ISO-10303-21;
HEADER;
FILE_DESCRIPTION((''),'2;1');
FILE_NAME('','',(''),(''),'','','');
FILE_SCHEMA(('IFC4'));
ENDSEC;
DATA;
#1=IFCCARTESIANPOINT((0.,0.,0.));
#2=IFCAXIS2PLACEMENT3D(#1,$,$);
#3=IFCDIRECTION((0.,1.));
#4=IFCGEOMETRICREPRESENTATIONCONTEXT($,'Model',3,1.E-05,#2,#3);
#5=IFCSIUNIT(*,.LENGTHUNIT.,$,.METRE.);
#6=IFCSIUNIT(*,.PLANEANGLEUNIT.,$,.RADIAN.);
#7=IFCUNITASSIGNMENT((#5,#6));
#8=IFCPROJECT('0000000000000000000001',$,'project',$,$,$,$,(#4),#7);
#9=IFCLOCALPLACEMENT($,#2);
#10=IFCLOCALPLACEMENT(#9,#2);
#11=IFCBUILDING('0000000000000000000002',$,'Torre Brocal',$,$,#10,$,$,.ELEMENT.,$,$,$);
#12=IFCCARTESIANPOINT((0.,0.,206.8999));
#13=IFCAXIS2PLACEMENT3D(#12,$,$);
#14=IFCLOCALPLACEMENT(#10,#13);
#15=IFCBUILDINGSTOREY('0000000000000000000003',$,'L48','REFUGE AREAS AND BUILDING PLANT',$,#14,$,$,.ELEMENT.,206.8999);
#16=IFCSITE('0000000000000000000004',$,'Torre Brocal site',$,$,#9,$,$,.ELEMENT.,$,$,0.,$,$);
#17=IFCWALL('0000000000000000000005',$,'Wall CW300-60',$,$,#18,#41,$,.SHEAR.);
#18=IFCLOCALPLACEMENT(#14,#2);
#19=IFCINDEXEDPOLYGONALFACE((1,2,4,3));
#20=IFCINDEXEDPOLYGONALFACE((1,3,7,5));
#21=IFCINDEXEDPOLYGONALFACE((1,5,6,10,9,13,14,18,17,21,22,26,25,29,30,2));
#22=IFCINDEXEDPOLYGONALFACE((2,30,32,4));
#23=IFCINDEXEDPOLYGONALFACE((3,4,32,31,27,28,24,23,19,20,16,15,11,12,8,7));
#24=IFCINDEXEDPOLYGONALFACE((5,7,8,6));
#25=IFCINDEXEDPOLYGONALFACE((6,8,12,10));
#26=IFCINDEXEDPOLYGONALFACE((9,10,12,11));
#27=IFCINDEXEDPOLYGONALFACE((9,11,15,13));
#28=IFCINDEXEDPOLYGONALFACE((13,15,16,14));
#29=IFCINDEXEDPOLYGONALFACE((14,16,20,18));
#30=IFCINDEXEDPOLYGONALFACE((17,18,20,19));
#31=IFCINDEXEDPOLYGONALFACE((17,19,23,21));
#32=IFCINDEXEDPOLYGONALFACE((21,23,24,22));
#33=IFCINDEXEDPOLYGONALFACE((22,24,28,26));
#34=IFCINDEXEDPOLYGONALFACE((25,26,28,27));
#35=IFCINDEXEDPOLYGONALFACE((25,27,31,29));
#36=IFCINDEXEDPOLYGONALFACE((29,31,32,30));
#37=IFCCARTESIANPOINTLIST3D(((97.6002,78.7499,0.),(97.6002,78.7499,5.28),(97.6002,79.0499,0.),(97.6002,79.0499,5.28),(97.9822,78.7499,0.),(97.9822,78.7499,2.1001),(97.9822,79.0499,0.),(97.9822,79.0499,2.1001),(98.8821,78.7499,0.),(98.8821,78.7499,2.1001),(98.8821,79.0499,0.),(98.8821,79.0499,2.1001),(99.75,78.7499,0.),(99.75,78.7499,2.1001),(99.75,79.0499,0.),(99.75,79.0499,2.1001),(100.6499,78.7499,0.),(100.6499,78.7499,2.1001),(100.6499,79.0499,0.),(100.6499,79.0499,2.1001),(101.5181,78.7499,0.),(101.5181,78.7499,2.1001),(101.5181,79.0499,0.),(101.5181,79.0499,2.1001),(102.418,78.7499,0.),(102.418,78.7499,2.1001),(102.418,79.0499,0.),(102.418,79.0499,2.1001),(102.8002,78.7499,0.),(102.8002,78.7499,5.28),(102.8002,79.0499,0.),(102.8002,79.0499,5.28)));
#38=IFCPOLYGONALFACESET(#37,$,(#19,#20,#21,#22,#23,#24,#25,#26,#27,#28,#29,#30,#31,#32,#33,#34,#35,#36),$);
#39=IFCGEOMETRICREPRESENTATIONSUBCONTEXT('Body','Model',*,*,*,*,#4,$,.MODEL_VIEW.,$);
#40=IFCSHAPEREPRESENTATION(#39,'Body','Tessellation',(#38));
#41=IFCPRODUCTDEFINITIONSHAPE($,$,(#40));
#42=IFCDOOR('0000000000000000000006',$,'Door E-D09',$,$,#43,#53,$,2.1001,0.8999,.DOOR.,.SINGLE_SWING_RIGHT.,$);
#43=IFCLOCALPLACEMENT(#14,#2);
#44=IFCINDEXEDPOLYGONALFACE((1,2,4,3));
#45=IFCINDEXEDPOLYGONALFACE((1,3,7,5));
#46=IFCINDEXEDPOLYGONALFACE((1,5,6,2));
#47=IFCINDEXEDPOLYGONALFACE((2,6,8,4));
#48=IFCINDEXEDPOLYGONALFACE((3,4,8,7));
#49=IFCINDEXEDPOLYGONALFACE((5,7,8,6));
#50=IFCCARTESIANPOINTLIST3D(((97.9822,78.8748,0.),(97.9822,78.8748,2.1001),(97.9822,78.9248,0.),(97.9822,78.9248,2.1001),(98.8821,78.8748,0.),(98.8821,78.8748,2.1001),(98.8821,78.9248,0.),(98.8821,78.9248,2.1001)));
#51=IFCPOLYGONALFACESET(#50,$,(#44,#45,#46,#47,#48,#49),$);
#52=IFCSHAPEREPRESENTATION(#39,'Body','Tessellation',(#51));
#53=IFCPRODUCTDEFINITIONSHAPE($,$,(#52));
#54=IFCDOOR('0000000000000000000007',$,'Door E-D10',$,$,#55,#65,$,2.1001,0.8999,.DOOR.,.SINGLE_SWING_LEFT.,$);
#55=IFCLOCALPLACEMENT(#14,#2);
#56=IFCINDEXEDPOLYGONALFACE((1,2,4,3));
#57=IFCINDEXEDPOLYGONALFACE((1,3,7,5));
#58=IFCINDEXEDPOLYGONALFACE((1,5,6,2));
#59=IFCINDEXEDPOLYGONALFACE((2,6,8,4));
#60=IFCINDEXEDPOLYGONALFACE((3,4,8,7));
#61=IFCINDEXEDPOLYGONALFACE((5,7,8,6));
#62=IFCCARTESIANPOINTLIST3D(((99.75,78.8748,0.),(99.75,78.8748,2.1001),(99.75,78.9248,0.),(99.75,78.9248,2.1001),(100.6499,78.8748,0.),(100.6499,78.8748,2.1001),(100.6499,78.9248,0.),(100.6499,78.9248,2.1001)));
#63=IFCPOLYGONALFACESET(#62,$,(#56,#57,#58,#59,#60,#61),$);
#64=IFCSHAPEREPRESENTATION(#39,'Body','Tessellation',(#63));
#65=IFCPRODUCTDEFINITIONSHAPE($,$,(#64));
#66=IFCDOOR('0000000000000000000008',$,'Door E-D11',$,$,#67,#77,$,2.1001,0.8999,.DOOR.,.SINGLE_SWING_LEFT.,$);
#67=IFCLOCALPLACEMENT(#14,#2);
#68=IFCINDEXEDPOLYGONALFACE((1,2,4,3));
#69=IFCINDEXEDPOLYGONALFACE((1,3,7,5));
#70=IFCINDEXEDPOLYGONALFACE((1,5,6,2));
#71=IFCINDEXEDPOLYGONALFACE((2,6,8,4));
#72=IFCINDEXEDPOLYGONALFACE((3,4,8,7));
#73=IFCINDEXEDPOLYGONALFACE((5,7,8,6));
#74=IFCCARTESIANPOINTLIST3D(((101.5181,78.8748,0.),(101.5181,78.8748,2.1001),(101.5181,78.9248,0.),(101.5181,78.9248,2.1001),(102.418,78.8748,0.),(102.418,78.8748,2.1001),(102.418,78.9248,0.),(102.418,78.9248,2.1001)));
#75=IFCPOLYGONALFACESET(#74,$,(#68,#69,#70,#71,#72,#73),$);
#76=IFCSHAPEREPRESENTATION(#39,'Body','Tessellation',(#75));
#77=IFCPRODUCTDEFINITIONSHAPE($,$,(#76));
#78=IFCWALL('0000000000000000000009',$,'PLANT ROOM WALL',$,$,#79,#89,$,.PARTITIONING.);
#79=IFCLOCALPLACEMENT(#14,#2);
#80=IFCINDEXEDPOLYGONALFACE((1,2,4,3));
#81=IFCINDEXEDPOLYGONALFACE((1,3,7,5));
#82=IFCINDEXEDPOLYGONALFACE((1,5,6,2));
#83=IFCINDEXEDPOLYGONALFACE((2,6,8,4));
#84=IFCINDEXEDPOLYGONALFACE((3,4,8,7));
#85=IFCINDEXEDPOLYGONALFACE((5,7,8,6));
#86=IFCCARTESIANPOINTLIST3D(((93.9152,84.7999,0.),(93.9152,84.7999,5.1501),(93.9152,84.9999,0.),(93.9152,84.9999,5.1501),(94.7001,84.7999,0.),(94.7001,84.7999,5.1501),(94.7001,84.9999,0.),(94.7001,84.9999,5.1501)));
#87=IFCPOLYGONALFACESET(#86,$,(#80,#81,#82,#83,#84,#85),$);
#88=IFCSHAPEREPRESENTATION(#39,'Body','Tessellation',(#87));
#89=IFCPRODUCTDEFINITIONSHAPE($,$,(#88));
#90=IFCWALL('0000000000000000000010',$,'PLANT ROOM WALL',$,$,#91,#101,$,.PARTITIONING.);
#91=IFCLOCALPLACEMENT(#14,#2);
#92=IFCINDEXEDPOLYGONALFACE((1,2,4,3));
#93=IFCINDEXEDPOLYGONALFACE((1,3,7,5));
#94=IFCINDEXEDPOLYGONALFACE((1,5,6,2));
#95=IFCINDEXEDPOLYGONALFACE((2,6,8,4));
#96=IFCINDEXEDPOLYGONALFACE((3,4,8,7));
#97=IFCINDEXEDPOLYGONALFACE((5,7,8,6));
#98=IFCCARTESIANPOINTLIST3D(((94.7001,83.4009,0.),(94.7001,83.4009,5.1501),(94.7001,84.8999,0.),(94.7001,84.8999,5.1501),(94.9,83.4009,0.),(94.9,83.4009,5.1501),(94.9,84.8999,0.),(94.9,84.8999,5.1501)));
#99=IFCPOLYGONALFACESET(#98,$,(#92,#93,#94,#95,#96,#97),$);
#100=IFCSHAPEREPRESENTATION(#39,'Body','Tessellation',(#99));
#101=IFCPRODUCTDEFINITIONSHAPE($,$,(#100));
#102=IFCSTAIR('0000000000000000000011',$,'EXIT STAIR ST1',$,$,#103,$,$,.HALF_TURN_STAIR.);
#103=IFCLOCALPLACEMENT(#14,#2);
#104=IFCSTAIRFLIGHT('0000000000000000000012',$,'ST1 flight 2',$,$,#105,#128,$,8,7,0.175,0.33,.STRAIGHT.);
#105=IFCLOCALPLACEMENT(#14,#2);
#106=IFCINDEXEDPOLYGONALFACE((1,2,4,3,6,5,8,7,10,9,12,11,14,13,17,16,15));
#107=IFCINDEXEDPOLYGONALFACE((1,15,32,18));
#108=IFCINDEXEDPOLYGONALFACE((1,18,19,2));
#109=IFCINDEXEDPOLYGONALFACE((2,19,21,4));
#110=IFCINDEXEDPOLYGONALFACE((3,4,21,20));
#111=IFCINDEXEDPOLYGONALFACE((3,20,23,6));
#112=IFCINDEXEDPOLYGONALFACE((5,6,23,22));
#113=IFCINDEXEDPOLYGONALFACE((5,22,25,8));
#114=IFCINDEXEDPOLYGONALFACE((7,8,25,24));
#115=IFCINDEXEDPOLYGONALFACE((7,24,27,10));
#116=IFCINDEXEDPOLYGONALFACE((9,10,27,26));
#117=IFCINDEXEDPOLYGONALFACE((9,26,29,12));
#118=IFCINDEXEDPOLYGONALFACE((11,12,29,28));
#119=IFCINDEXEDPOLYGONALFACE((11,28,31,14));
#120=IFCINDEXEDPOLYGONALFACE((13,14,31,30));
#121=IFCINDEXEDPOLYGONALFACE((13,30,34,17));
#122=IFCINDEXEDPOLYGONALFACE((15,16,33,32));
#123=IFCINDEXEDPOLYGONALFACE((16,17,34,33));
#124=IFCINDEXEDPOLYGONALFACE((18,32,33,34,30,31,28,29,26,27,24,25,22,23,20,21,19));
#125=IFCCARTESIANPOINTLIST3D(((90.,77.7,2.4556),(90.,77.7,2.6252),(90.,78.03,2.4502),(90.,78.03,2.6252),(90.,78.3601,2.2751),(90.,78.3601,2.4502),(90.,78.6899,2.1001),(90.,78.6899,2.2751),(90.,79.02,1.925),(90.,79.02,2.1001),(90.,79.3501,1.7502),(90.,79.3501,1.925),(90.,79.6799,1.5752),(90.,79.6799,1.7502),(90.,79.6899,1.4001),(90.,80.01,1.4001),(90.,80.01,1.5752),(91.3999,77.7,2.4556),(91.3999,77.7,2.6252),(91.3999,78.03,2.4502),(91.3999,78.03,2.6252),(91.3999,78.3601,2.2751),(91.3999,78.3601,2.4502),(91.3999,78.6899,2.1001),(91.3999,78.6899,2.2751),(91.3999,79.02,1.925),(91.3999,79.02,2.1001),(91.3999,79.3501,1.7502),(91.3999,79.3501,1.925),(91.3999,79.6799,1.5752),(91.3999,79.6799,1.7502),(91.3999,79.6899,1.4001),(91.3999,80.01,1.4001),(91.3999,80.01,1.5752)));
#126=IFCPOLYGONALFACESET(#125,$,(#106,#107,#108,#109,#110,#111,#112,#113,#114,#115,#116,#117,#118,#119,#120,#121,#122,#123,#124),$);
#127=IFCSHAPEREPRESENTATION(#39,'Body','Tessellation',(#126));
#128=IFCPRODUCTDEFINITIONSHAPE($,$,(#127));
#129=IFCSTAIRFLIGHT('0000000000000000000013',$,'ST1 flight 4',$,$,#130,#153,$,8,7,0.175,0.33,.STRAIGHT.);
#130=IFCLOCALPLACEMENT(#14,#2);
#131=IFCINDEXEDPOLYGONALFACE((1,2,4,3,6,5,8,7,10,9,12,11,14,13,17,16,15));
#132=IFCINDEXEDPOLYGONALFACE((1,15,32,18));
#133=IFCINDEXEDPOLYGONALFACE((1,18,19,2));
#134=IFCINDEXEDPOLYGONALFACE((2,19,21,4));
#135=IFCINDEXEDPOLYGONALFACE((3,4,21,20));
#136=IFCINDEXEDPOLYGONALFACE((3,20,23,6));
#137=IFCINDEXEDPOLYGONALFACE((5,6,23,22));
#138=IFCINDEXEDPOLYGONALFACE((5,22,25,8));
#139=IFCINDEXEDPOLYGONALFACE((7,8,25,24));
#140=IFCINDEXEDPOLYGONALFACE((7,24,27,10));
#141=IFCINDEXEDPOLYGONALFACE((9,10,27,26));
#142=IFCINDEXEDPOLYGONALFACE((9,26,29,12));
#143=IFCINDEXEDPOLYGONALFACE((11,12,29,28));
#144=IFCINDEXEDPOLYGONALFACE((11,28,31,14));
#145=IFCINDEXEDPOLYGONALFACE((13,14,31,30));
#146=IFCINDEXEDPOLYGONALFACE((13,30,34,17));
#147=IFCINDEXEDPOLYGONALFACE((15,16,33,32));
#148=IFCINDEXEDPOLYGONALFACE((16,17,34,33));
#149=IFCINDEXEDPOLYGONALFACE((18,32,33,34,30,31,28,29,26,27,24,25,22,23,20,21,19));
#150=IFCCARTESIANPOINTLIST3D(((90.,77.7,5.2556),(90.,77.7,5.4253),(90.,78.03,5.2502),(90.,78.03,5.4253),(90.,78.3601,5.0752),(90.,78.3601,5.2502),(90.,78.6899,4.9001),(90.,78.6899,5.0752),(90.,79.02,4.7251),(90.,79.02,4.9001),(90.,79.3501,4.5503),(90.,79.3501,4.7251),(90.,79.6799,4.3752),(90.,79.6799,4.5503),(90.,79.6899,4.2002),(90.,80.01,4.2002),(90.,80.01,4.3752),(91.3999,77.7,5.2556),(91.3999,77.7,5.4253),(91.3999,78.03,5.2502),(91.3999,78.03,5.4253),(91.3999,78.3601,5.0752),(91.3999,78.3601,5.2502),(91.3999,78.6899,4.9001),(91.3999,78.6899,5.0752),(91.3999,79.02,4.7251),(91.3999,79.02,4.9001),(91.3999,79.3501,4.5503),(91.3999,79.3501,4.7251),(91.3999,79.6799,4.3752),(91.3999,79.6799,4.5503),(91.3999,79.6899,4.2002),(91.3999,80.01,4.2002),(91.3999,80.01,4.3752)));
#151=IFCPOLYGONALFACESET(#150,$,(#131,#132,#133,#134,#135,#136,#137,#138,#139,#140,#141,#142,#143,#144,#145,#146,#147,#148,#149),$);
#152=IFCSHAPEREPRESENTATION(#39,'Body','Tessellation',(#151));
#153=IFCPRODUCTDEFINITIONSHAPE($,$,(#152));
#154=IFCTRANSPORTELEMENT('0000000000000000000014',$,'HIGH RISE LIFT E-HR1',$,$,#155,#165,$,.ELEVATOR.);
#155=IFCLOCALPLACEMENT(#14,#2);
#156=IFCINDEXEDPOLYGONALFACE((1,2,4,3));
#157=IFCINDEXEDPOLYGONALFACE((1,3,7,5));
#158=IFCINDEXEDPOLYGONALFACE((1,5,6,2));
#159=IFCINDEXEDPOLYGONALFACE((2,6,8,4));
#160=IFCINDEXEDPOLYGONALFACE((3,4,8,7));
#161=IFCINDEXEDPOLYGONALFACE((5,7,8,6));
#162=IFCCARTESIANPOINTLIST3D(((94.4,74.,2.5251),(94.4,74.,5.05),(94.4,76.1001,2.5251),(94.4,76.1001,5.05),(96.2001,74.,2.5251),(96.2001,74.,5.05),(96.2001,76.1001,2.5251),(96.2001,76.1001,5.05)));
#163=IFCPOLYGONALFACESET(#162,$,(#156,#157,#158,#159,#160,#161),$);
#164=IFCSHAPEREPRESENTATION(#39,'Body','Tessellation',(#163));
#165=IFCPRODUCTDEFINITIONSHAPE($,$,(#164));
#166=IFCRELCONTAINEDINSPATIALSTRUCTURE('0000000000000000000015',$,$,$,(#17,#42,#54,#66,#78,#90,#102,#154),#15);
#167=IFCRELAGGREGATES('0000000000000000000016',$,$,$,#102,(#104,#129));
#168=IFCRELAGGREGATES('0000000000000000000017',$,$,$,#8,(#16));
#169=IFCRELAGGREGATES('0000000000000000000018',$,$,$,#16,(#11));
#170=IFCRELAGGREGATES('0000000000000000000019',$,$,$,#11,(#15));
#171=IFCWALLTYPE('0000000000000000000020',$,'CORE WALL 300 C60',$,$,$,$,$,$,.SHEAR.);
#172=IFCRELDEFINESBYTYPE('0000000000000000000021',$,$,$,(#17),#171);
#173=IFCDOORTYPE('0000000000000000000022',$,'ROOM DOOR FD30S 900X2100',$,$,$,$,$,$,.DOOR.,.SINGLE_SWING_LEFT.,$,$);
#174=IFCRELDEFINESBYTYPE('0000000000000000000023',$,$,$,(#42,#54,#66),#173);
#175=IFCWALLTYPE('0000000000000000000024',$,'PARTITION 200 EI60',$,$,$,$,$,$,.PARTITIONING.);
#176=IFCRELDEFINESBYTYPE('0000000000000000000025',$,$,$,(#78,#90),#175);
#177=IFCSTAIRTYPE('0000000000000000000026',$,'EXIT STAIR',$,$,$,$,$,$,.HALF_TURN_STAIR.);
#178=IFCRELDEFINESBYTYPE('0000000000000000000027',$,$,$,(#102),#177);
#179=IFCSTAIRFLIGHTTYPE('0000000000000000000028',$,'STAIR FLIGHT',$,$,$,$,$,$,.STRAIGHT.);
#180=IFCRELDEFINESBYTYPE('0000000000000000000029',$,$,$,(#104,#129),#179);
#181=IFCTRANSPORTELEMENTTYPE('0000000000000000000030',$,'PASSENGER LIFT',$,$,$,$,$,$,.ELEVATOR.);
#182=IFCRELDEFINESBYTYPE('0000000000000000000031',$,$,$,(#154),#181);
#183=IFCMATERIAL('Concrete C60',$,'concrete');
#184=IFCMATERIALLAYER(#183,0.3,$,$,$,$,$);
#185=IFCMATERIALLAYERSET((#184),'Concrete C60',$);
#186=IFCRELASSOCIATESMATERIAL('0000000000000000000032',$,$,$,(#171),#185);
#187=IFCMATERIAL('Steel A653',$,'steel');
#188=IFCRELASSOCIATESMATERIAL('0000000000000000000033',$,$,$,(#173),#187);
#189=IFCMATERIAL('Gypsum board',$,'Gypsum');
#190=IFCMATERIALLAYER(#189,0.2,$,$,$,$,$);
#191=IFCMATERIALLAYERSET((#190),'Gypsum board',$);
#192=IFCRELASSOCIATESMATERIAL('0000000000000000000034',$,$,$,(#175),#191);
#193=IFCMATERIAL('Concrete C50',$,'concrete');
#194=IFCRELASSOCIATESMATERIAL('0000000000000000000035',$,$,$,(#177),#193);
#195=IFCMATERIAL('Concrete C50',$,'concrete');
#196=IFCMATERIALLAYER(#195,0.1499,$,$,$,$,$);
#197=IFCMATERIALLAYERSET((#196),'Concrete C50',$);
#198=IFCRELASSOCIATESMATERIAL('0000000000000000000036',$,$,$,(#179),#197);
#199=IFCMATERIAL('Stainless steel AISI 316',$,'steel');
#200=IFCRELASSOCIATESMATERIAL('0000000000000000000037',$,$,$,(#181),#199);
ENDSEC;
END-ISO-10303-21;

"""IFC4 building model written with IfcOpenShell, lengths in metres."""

from ifc_helpers import new_model, si_unit, direction, frame, frame_2d, origin, origin_2d, place, context, subcontext, project, spatial, polyline, rectangle, outline, extrude, material, layer, layer_set, type_object, element, fill, aggregate, save


model = new_model("IFC4")

# Units and contexts
model_context = context("Model", 3, precision=1e-05, world=origin(), true_north=direction((0.0, 1.0)))
body_context = subcontext(model_context, "Body", "Model", "MODEL_VIEW")
ifc_project = project(units=[si_unit("LENGTHUNIT", "METRE"), si_unit("PLANEANGLEUNIT", "RADIAN")], contexts=[model_context])

# Site, building, storey
site_placement = place(None, origin())
site = spatial("IfcSite", under=ifc_project, at=site_placement, Name="Torre Brocal site", CompositionType="ELEMENT", RefElevation=0.0)
building_placement = place(site_placement, origin())
building = spatial("IfcBuilding", under=site, at=building_placement, Name="Torre Brocal", CompositionType="ELEMENT")
storey_placement = place(building_placement, frame((0.0, 0.0, 206.8999)))
storey = spatial("IfcBuildingStorey", under=building, at=storey_placement, Name="L48", Description="REFUGE AREAS AND BUILDING PLANT", CompositionType="ELEMENT", Elevation=206.8999)

# Shared definitions
ifc_material_1 = material(Name="Concrete C60", Category="concrete")
ifc_layer_1 = layer(ifc_material_1, 0.3)
ifc_layer_set_1 = layer_set([ifc_layer_1], Name="Concrete C60")
wall_type_1 = type_object("IfcWallType", Name="CORE WALL 300 C60", PredefinedType="SHEAR", material=ifc_layer_set_1)
ifc_material_2 = material(Name="Steel A653", Category="steel")
door_type_1 = type_object("IfcDoorType", Name="ROOM DOOR FD30S 900X2100", OperationType="SINGLE_SWING_LEFT", PredefinedType="DOOR", material=ifc_material_2)

# Wall, openings, doors
wall_1_placement = place(storey_placement, frame((97.6001, 78.8999, 0.0), z_axis=(0.0, 0.0, 1.0), x_axis=(1.0, 0.0, 0.0)))
wall_1 = element("IfcWall", 1, at=wall_1_placement, inside=storey, type_object=wall_type_1, Name="Wall CW300-60", PredefinedType="SHEAR", context=body_context, shape_type="SweptSolid", body=[
    extrude(rectangle(XDim=5.2, YDim=0.3, at=frame_2d((2.6001, 0.0))), origin(), (0.0, 0.0, 1.0), 5.28),
])
opening_1_placement = place(wall_1_placement, frame((0.3821, 0.0, 0.0)))
opening_1 = element("IfcOpeningElement", 2, at=opening_1_placement, cuts=wall_1, PredefinedType="OPENING", context=body_context, shape_type="SweptSolid", body=[
    extrude(rectangle(XDim=0.8999, YDim=2.1001, at=frame_2d((0.45, 1.05))), frame((0.0, 0.1599, 0.0), z_axis=(0.0, -1.0, 0.0), x_axis=(1.0, 0.0, 0.0)), (0.0, 0.0, 1.0), 0.3201),
])
opening_2_placement = place(wall_1_placement, frame((2.1499, 0.0, 0.0)))
opening_2 = element("IfcOpeningElement", 3, at=opening_2_placement, cuts=wall_1, PredefinedType="OPENING", context=body_context, shape_type="SweptSolid", body=[
    extrude(rectangle(XDim=0.8999, YDim=2.1001, at=frame_2d((0.45, 1.05))), frame((0.0, 0.1599, 0.0), z_axis=(0.0, -1.0, 0.0), x_axis=(1.0, 0.0, 0.0)), (0.0, 0.0, 1.0), 0.3201),
])
opening_3_placement = place(wall_1_placement, frame((3.918, 0.0, 0.0)))
opening_3 = element("IfcOpeningElement", 4, at=opening_3_placement, cuts=wall_1, PredefinedType="OPENING", context=body_context, shape_type="SweptSolid", body=[
    extrude(rectangle(XDim=0.8999, YDim=2.1001, at=frame_2d((0.45, 1.05))), frame((0.0, 0.1599, 0.0), z_axis=(0.0, -1.0, 0.0), x_axis=(1.0, 0.0, 0.0)), (0.0, 0.0, 1.0), 0.3201),
])
door_1_placement = place(opening_1_placement, origin())
door_1 = element("IfcDoor", 5, at=door_1_placement, inside=storey, type_object=door_type_1, Name="Door E-D09", OperationType="SINGLE_SWING_RIGHT", OverallHeight=2.1001, OverallWidth=0.8999, PredefinedType="DOOR", context=body_context, shape_type="SweptSolid", body=[
    extrude(rectangle(XDim=0.8999, YDim=2.1001, at=frame_2d((0.45, 1.05))), frame((0.0, 0.0249, 0.0), z_axis=(0.0, -1.0, 0.0), x_axis=(1.0, 0.0, 0.0)), (0.0, 0.0, 1.0), 0.05),
])
fill(opening_1, door_1)
door_2_placement = place(opening_2_placement, origin())
door_2 = element("IfcDoor", 6, at=door_2_placement, inside=storey, type_object=door_type_1, Name="Door E-D10", OperationType="SINGLE_SWING_LEFT", OverallHeight=2.1001, OverallWidth=0.8999, PredefinedType="DOOR", context=body_context, shape_type="SweptSolid", body=[
    extrude(rectangle(XDim=0.8999, YDim=2.1001, at=frame_2d((0.45, 1.05))), frame((0.0, 0.0249, 0.0), z_axis=(0.0, -1.0, 0.0), x_axis=(1.0, 0.0, 0.0)), (0.0, 0.0, 1.0), 0.05),
])
fill(opening_2, door_2)
door_3_placement = place(opening_3_placement, origin())
door_3 = element("IfcDoor", 7, at=door_3_placement, inside=storey, type_object=door_type_1, Name="Door E-D11", OperationType="SINGLE_SWING_LEFT", OverallHeight=2.1001, OverallWidth=0.8999, PredefinedType="DOOR", context=body_context, shape_type="SweptSolid", body=[
    extrude(rectangle(XDim=0.8999, YDim=2.1001, at=frame_2d((0.45, 1.05))), frame((0.0, 0.0249, 0.0), z_axis=(0.0, -1.0, 0.0), x_axis=(1.0, 0.0, 0.0)), (0.0, 0.0, 1.0), 0.05),
])
fill(opening_3, door_3)

# Walls
ifc_material_3 = material(Name="Gypsum board", Category="Gypsum")
ifc_layer_2 = layer(ifc_material_3, 0.2)
ifc_layer_set_2 = layer_set([ifc_layer_2], Name="Gypsum board")
wall_type_2 = type_object("IfcWallType", Name="PARTITION 200 EI60", PredefinedType="PARTITIONING", material=ifc_layer_set_2)
wall_2_placement = place(storey_placement, frame((93.915, 84.8999, 0.0), z_axis=(0.0, 0.0, 1.0), x_axis=(1.0, 0.0, 0.0)))
element("IfcWall", 8, at=wall_2_placement, inside=storey, type_object=wall_type_2, Name="PLANT ROOM WALL", PredefinedType="PARTITIONING", context=body_context, shape_type="SweptSolid", body=[
    extrude(rectangle(XDim=0.7849, YDim=0.2, at=frame_2d((0.3926, 0.0))), origin(), (0.0, 0.0, 1.0), 5.1501),
])
wall_3_placement = place(storey_placement, frame((94.8, 83.4009, 0.0), z_axis=(0.0, 0.0, 1.0), x_axis=(0.0, 1.0, 0.0)))
element("IfcWall", 9, at=wall_3_placement, inside=storey, type_object=wall_type_2, Name="PLANT ROOM WALL", PredefinedType="PARTITIONING", context=body_context, shape_type="SweptSolid", body=[
    extrude(rectangle(XDim=1.499, YDim=0.2, at=frame_2d((0.7495, 0.0))), origin(), (0.0, 0.0, 1.0), 5.1501),
])

# Stair, stair flights
ifc_material_4 = material(Name="Concrete C50", Category="concrete")
stair_type = type_object("IfcStairType", Name="EXIT STAIR", PredefinedType="HALF_TURN_STAIR", material=ifc_material_4)
stair_placement = place(storey_placement, origin())
stair = element("IfcStair", 10, at=stair_placement, inside=storey, type_object=stair_type, Name="EXIT STAIR ST1", PredefinedType="HALF_TURN_STAIR")
ifc_material_5 = material(Name="Concrete C50", Category="concrete")
ifc_layer_3 = layer(ifc_material_5, 0.1499)
ifc_layer_set_3 = layer_set([ifc_layer_3], Name="Concrete C50")
stair_flight_type = type_object("IfcStairFlightType", Name="STAIR FLIGHT", PredefinedType="STRAIGHT", material=ifc_layer_set_3)
stair_flight_1_placement = place(storey_placement, frame((90.7, 80.01, 1.4001), z_axis=(0.0, 0.0, 1.0), x_axis=(0.0, -1.0, 0.0)))
stair_flight_1 = element("IfcStairFlight", 11, at=stair_flight_1_placement, type_object=stair_flight_type, Name="ST1 flight 2", NumberOfRisers=8, NumberOfTreads=7, PredefinedType="STRAIGHT", RiserHeight=0.175, TreadLength=0.33, context=body_context, shape_type="SweptSolid", body=[
    extrude(outline(polyline([(0.0, 0.0), (0.0, 0.175), (0.3301, 0.175), (0.3301, 0.3501), (0.6599, 0.3501), (0.6599, 0.5249), (0.99, 0.5249), (0.99, 0.7), (1.3201, 0.7), (1.3201, 0.875), (1.6499, 0.875), (1.6499, 1.05), (1.98, 1.05), (1.98, 1.2251), (2.3101, 1.2251), (2.3101, 1.3999), (2.3101, 1.0554), (0.3201, 0.0), (0.0, 0.0)])), frame((0.0, 0.7, 0.0), z_axis=(0.0, -1.0, 0.0), x_axis=(1.0, 0.0, 0.0)), (0.0, 0.0, 1.0), 1.3999),
])
stair_flight_2_placement = place(storey_placement, frame((90.7, 80.01, 4.2002), z_axis=(0.0, 0.0, 1.0), x_axis=(0.0, -1.0, 0.0)))
stair_flight_2 = element("IfcStairFlight", 12, at=stair_flight_2_placement, type_object=stair_flight_type, Name="ST1 flight 4", NumberOfRisers=8, NumberOfTreads=7, PredefinedType="STRAIGHT", RiserHeight=0.175, TreadLength=0.33, context=body_context, shape_type="SweptSolid", body=[
    extrude(outline(polyline([(0.0, 0.0), (0.0, 0.175), (0.3301, 0.175), (0.3301, 0.3501), (0.6599, 0.3501), (0.6599, 0.5249), (0.99, 0.5249), (0.99, 0.7), (1.3201, 0.7), (1.3201, 0.875), (1.6499, 0.875), (1.6499, 1.05), (1.98, 1.05), (1.98, 1.2251), (2.3101, 1.2251), (2.3101, 1.3999), (2.3101, 1.0554), (0.3201, 0.0), (0.0, 0.0)])), frame((0.0, 0.7, 0.0), z_axis=(0.0, -1.0, 0.0), x_axis=(1.0, 0.0, 0.0)), (0.0, 0.0, 1.0), 1.3999),
])
aggregate(stair, [stair_flight_1, stair_flight_2])

# Transport element
ifc_material_6 = material(Name="Stainless steel AISI 316", Category="steel")
transport_element_type = type_object("IfcTransportElementType", Name="PASSENGER LIFT", PredefinedType="ELEVATOR", material=ifc_material_6)
transport_element_placement = place(storey_placement, frame((95.3, 75.05, 2.5251), z_axis=(0.0, 0.0, 1.0), x_axis=(1.0, 0.0, 0.0)))
element("IfcTransportElement", 13, at=transport_element_placement, inside=storey, type_object=transport_element_type, Name="HIGH RISE LIFT E-HR1", PredefinedType="ELEVATOR", context=body_context, shape_type="SweptSolid", body=[
    extrude(rectangle(XDim=1.8, YDim=2.1001, at=origin_2d()), origin(), (0.0, 0.0, 1.0), 2.5249),
])

save(model, "model.ifc")
